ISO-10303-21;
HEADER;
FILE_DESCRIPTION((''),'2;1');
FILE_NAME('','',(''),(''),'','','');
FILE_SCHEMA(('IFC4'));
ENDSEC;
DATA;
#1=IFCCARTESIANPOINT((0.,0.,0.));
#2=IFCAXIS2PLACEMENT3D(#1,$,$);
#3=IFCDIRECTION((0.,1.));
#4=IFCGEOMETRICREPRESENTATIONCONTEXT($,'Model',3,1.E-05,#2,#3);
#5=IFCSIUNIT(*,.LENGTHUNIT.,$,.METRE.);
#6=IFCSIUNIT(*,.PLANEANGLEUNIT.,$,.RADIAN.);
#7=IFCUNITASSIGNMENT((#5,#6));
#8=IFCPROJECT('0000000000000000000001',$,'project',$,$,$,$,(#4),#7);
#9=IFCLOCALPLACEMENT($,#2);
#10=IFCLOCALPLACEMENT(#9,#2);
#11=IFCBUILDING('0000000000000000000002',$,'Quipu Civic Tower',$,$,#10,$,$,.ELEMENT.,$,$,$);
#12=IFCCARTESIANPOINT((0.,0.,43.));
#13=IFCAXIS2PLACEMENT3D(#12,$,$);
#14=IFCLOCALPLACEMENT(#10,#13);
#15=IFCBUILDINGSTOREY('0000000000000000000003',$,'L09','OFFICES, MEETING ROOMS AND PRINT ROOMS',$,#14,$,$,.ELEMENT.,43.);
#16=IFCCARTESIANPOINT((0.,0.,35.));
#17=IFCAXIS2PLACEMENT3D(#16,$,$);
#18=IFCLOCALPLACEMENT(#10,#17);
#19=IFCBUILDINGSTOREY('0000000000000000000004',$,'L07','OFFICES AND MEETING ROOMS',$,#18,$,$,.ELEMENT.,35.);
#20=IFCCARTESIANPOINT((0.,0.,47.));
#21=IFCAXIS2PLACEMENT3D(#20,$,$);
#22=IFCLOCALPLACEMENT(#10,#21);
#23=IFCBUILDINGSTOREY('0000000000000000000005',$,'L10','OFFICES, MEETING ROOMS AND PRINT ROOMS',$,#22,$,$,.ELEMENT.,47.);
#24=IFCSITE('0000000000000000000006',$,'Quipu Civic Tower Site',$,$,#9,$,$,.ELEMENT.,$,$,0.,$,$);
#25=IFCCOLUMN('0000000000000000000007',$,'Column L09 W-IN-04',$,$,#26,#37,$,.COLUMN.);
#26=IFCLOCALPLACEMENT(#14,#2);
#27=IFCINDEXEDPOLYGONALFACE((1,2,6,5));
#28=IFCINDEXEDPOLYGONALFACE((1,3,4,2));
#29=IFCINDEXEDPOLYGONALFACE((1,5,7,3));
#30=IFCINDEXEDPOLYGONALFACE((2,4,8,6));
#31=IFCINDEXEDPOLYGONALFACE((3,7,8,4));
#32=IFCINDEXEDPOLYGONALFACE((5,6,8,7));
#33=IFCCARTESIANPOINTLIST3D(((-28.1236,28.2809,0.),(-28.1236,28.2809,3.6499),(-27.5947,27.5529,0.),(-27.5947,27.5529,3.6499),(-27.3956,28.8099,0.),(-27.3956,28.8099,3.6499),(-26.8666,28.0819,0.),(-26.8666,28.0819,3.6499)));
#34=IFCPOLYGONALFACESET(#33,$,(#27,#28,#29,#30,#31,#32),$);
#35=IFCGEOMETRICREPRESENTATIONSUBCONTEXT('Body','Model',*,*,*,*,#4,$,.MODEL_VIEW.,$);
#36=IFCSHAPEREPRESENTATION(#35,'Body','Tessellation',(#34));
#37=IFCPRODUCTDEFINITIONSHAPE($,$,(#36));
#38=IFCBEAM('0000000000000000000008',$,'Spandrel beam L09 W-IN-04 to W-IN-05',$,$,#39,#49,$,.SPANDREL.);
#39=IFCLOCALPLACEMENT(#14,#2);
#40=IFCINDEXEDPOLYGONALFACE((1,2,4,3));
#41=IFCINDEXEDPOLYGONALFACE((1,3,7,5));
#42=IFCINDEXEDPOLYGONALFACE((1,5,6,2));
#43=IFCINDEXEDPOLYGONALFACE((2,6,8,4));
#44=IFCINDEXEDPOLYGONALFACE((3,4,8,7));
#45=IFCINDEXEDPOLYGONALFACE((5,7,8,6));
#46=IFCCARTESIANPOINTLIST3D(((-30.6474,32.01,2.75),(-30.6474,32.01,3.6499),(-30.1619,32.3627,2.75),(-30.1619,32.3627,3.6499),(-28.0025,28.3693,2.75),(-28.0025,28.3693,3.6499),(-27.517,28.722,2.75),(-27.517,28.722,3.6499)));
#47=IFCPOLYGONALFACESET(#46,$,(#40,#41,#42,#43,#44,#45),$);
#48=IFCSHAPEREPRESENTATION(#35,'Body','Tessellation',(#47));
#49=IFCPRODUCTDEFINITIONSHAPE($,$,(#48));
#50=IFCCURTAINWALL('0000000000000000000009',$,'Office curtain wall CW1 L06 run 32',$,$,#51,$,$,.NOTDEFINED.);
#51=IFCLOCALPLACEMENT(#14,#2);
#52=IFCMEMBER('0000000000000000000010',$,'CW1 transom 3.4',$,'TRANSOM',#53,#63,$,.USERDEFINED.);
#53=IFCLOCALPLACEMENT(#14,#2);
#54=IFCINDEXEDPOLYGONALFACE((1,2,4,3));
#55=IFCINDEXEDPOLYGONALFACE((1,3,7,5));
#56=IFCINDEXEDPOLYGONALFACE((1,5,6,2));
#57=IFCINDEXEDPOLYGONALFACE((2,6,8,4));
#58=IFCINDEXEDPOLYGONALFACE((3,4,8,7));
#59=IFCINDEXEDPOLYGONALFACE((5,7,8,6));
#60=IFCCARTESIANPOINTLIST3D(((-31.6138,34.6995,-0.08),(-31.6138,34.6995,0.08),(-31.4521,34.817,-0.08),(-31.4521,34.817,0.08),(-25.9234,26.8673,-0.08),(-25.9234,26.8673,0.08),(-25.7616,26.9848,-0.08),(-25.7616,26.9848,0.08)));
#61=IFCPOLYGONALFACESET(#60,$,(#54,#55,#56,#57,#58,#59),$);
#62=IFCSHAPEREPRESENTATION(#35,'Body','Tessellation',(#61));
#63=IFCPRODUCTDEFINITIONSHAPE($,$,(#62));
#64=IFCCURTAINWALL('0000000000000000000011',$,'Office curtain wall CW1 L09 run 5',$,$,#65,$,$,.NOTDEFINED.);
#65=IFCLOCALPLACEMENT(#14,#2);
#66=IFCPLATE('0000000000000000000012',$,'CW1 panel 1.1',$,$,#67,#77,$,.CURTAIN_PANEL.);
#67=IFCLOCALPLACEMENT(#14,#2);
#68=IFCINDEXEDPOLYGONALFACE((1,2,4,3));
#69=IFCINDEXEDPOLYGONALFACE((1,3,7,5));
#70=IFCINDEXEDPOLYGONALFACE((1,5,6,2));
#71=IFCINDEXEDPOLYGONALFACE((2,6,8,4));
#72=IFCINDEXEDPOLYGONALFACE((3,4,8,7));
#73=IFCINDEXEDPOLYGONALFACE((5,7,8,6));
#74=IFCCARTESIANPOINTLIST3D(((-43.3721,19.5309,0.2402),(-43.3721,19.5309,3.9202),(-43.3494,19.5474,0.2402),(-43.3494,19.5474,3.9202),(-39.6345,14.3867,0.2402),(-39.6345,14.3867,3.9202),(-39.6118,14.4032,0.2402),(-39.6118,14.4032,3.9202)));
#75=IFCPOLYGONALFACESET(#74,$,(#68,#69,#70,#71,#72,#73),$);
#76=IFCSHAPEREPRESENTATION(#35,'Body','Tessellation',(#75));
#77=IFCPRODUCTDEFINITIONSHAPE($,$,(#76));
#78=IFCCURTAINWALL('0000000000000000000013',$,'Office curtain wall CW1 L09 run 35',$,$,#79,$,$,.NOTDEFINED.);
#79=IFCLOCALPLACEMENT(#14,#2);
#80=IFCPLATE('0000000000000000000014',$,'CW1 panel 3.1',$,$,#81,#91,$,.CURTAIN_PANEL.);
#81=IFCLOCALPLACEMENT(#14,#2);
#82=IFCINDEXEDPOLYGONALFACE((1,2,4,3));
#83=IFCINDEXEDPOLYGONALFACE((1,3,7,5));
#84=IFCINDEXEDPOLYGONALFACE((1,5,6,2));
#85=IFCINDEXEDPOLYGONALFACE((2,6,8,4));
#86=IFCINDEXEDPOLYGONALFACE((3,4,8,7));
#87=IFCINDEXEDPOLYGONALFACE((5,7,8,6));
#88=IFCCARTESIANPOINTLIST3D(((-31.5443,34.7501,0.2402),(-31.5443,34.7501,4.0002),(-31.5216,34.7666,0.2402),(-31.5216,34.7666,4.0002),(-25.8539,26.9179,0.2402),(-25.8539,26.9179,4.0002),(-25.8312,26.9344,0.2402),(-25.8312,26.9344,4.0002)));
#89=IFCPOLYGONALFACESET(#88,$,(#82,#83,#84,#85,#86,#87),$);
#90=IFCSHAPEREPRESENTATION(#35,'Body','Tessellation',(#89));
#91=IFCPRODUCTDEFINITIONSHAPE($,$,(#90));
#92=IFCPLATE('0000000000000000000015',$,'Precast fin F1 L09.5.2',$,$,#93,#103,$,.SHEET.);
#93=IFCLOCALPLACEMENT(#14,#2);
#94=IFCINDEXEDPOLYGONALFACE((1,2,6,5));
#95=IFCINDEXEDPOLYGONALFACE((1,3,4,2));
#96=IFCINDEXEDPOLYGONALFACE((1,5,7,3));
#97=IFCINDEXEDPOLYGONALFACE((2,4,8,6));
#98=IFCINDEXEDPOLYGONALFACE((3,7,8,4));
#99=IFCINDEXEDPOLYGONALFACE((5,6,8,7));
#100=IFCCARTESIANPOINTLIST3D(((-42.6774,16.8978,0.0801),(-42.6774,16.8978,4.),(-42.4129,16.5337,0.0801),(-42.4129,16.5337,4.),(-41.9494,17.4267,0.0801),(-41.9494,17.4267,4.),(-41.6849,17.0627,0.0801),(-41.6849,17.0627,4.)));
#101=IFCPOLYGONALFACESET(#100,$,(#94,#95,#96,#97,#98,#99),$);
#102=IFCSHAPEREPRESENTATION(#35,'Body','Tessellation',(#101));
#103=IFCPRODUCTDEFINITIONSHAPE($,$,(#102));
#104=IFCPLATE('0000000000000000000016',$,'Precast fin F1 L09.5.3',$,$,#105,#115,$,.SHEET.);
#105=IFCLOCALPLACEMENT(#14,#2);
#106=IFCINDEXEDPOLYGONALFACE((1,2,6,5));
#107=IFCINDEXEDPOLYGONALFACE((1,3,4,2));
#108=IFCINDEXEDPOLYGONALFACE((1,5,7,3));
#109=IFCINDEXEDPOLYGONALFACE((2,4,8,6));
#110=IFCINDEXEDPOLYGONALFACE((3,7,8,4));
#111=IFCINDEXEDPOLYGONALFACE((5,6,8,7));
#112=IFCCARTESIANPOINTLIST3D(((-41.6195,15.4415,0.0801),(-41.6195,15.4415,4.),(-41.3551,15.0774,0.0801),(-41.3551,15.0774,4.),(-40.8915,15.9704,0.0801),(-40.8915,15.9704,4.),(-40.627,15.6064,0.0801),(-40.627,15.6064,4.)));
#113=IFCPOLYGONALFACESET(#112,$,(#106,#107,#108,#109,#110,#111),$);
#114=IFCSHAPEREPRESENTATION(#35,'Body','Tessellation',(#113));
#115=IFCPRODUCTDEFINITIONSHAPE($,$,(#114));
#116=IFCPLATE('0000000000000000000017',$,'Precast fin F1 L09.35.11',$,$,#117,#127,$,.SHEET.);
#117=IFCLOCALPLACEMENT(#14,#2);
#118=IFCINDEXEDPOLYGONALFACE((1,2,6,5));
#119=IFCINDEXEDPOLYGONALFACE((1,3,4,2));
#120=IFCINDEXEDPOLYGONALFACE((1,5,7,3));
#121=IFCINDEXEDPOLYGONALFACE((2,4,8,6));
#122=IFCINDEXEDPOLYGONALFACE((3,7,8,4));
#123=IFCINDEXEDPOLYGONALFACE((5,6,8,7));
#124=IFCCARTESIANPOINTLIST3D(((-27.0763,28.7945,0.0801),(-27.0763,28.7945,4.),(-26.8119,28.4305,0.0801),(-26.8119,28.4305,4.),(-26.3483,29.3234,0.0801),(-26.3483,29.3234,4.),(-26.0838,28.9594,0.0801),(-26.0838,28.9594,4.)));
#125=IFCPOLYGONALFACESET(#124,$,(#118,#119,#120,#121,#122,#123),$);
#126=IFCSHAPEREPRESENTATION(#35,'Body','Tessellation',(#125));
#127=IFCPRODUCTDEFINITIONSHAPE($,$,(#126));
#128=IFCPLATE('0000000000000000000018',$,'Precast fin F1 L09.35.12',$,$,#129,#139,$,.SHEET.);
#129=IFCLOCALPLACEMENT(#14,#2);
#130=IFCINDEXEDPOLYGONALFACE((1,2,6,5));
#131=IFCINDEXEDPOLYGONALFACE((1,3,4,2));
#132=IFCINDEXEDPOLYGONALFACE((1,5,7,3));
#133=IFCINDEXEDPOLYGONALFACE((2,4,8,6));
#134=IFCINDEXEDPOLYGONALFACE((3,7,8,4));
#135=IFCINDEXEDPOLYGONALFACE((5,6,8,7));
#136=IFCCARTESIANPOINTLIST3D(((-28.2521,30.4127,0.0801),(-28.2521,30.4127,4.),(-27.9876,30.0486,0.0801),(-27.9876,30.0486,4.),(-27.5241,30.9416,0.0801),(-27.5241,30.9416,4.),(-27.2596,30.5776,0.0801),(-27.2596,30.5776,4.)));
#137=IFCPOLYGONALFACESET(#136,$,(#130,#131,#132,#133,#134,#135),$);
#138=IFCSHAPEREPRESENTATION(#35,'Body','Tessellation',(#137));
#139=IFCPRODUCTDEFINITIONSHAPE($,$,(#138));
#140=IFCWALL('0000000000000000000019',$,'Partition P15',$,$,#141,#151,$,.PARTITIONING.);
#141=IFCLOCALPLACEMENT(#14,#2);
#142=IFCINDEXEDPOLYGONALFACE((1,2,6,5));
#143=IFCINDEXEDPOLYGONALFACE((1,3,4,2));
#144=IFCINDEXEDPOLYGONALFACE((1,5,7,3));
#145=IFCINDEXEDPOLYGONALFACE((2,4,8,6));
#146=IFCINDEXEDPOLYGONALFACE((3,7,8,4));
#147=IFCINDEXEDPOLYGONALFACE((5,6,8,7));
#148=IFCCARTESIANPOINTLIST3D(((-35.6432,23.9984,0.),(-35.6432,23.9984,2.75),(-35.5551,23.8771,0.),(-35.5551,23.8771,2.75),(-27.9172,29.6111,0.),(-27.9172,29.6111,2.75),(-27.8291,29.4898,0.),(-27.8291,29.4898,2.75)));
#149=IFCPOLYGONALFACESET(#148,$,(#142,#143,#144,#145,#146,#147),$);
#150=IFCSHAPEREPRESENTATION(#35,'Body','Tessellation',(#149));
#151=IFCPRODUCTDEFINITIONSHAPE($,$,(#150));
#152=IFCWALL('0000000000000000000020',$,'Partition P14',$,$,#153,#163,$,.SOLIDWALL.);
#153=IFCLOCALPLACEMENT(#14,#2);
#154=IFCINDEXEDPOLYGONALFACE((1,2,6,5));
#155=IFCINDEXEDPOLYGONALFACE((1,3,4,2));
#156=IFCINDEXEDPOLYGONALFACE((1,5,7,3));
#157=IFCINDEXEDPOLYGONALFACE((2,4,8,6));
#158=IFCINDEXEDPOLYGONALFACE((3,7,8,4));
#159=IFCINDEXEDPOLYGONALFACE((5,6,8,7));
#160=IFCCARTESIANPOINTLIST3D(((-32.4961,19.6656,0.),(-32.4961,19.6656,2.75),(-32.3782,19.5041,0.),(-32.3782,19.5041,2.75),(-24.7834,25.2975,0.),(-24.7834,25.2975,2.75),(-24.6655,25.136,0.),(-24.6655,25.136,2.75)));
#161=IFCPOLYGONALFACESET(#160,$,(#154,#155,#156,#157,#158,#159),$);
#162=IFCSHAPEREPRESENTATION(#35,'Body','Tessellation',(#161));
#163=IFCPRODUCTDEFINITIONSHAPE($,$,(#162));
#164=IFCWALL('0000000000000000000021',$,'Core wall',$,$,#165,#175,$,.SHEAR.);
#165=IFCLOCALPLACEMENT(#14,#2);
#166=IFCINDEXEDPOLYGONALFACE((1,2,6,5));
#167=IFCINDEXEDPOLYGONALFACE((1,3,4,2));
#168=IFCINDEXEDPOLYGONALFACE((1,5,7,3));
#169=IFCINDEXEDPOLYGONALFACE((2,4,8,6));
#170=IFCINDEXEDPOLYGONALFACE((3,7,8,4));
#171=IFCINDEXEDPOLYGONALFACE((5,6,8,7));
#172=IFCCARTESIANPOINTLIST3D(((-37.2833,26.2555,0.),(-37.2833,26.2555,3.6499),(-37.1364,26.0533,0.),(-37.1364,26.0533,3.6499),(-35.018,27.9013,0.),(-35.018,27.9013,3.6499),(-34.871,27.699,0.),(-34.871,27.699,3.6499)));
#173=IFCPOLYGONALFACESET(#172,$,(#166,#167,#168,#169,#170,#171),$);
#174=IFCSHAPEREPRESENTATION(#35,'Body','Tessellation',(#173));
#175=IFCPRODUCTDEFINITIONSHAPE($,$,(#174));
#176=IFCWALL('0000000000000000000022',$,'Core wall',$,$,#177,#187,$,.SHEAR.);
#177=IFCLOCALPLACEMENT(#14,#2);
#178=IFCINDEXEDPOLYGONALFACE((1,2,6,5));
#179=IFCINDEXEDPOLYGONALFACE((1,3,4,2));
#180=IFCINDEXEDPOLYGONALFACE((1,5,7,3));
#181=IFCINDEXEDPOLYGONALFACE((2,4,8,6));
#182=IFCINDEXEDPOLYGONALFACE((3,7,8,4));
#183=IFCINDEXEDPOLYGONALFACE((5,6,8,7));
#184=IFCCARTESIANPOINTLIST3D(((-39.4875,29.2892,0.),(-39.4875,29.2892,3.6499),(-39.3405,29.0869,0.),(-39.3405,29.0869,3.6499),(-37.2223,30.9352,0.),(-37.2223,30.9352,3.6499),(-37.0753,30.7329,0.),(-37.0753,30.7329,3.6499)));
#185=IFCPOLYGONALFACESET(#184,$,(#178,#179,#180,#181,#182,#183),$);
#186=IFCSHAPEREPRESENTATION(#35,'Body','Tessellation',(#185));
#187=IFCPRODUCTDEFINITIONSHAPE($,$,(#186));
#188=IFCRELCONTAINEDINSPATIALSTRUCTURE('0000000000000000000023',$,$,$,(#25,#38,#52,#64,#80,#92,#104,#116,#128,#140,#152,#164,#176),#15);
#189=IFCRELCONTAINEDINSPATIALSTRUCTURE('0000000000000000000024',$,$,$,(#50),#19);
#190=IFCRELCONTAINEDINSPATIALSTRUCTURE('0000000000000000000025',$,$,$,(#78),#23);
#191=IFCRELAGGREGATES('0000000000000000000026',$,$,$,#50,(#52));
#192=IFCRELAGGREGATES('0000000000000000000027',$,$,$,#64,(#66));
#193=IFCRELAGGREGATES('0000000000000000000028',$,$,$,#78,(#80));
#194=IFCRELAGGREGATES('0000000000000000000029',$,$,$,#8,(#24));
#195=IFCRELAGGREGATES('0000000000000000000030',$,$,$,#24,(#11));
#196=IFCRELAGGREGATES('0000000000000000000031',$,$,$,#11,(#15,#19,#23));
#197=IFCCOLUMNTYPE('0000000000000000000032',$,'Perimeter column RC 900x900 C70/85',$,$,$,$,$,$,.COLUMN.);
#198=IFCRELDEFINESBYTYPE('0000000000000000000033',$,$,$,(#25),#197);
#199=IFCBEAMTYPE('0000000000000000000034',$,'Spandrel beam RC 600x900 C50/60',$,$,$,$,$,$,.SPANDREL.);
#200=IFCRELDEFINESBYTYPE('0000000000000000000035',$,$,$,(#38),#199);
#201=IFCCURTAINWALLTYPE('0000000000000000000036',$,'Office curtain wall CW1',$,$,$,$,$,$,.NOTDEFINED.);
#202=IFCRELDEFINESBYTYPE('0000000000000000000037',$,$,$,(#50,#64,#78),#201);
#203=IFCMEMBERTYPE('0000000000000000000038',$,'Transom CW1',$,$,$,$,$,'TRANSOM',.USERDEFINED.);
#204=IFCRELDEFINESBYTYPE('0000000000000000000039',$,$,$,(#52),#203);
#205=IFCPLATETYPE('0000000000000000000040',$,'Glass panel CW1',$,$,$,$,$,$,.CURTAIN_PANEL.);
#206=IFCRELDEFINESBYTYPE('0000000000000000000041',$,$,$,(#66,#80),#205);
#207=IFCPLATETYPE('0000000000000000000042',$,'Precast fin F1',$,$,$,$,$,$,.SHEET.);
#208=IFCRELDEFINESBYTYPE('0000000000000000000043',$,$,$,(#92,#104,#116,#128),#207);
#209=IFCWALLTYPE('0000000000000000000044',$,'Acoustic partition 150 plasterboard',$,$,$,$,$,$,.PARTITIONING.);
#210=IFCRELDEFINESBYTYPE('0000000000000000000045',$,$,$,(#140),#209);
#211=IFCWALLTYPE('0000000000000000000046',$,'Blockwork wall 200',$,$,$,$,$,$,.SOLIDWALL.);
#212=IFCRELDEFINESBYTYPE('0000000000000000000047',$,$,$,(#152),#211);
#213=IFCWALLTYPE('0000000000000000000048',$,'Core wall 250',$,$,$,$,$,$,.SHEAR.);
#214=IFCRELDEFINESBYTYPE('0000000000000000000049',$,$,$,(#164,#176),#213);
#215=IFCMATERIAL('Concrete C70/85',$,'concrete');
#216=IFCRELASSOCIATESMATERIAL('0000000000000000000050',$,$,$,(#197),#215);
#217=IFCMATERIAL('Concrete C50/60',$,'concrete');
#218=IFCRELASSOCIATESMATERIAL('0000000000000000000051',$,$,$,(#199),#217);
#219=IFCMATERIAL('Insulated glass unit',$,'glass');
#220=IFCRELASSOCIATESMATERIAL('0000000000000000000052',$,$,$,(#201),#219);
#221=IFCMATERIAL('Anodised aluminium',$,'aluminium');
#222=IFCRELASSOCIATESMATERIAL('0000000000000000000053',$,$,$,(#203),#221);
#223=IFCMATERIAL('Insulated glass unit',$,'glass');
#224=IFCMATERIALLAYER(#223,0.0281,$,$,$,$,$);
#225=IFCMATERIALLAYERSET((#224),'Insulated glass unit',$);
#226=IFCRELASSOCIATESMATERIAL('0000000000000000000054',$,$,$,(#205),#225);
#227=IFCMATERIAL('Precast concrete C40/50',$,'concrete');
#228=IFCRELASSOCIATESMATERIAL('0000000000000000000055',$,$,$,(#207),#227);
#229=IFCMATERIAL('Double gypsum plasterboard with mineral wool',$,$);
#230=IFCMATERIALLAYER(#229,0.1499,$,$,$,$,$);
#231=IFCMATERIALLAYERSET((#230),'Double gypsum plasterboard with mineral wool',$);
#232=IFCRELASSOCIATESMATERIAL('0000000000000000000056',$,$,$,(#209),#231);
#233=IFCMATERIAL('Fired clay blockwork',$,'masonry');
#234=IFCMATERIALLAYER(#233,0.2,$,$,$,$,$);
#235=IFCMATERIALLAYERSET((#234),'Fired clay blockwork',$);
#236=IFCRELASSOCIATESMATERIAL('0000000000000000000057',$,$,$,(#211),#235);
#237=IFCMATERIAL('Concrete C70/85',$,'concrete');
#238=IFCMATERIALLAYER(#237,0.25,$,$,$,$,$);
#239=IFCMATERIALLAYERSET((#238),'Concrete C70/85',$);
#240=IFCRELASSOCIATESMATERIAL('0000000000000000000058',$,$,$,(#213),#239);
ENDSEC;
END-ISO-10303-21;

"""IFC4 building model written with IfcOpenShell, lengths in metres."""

from ifc_helpers import new_model, si_unit, direction, frame, frame_2d, origin, origin_2d, place, context, subcontext, project, spatial, rectangle, extrude, material, layer, layer_set, material_profile, profile_set, type_object, element, aggregate, save


model = new_model("IFC4")

# Units and contexts
model_context = context("Model", 3, precision=1e-05, world=origin(), true_north=direction((0.0, 1.0)))
body_context = subcontext(model_context, "Body", "Model", "MODEL_VIEW")
ifc_project = project(units=[si_unit("LENGTHUNIT", "METRE"), si_unit("PLANEANGLEUNIT", "RADIAN")], contexts=[model_context])

# Site, building, storey
site_placement = place(None, origin())
site = spatial("IfcSite", under=ifc_project, at=site_placement, Name="Quipu Civic Tower Site", CompositionType="ELEMENT", RefElevation=0.0)
building_placement = place(site_placement, origin())
building = spatial("IfcBuilding", under=site, at=building_placement, Name="Quipu Civic Tower", CompositionType="ELEMENT")
storey_1_placement = place(building_placement, frame((0.0, 0.0, 43.0)))
storey_1 = spatial("IfcBuildingStorey", under=building, at=storey_1_placement, Name="L09", Description="OFFICES, MEETING ROOMS AND PRINT ROOMS", CompositionType="ELEMENT", Elevation=43.0)

# Column
ifc_material_1 = material(Name="Concrete C70/85", Category="concrete")
ifc_material_profile_1 = material_profile(ifc_material_1, rectangle(XDim=0.8999, YDim=0.8999, at=origin_2d()), Name="RC900x900")
ifc_profile_set_1 = profile_set([ifc_material_profile_1], Name="Concrete C70/85")
column_type = type_object("IfcColumnType", Name="Perimeter column RC 900x900 C70/85", PredefinedType="COLUMN", material=ifc_profile_set_1)
column_placement = place(storey_1_placement, frame((-27.4951, 28.1814, 0.0), z_axis=(0.0, 0.0, 1.0), x_axis=(-0.587785, 0.809017, 0.0)))
element("IfcColumn", 1, at=column_placement, inside=storey_1, type_object=column_type, Name="Column L09 W-IN-04", PredefinedType="COLUMN", context=body_context, shape_type="SweptSolid", body=[
    extrude(rectangle(XDim=0.8999, YDim=0.8999, at=origin_2d()), origin(), (0.0, 0.0, 1.0), 3.6499),
])

# Beam
ifc_material_2 = material(Name="Concrete C50/60", Category="concrete")
ifc_material_profile_2 = material_profile(ifc_material_2, rectangle(XDim=0.6001, YDim=0.8999, at=origin_2d()), Name="RC600x900")
ifc_profile_set_2 = profile_set([ifc_material_profile_2], Name="Concrete C50/60")
beam_type = type_object("IfcBeamType", Name="Spandrel beam RC 600x900 C50/60", PredefinedType="SPANDREL", material=ifc_profile_set_2)
beam_placement = place(storey_1_placement, frame((-27.7598, 28.5457, 3.2), z_axis=(-0.587743, 0.809048, 0.0), x_axis=(-0.809048, -0.587743, 0.0)))
element("IfcBeam", 2, at=beam_placement, inside=storey_1, type_object=beam_type, Name="Spandrel beam L09 W-IN-04 to W-IN-05", PredefinedType="SPANDREL", context=body_context, shape_type="SweptSolid", body=[
    extrude(rectangle(XDim=0.6001, YDim=0.8999, at=origin_2d()), origin(), (0.0, 0.0, 1.0), 4.5),
])

# Shared definitions
storey_2_placement = place(building_placement, frame((0.0, 0.0, 35.0)))
storey_2 = spatial("IfcBuildingStorey", under=building, at=storey_2_placement, Name="L07", Description="OFFICES AND MEETING ROOMS", CompositionType="ELEMENT", Elevation=35.0)

# Curtain wall, member
ifc_material_3 = material(Name="Insulated glass unit", Category="glass")
curtain_wall_type = type_object("IfcCurtainWallType", Name="Office curtain wall CW1", PredefinedType="NOTDEFINED", material=ifc_material_3)
curtain_wall_1_placement = place(storey_2_placement, origin())
curtain_wall_1 = element("IfcCurtainWall", 3, at=curtain_wall_1_placement, inside=storey_2, type_object=curtain_wall_type, Name="Office curtain wall CW1 L06 run 32", PredefinedType="NOTDEFINED")
ifc_material_4 = material(Name="Anodised aluminium", Category="aluminium")
ifc_material_profile_3 = material_profile(ifc_material_4, rectangle(XDim=0.2, YDim=0.1599, at=origin_2d()), Name="RECT 200x160")
ifc_profile_set_3 = profile_set([ifc_material_profile_3], Name="Anodised aluminium")
member_type = type_object("IfcMemberType", Name="Transom CW1", ElementType="TRANSOM", PredefinedType="USERDEFINED", material=ifc_profile_set_3)
member_placement = place(storey_1_placement, frame((-25.8425, 26.926, 0.0), z_axis=(-0.587782, 0.80902, 0.0), x_axis=(-0.80902, -0.587782, 0.0)))
member = element("IfcMember", 4, at=member_placement, inside=storey_1, type_object=member_type, Name="CW1 transom 3.4", ObjectType="TRANSOM", PredefinedType="USERDEFINED", context=body_context, shape_type="SweptSolid", body=[
    extrude(rectangle(XDim=0.2, YDim=0.1599, at=origin_2d()), origin(), (0.0, 0.0, 1.0), 9.6812),
])
aggregate(curtain_wall_1, [member])

# Curtain wall, plate
curtain_wall_2_placement = place(storey_1_placement, origin())
curtain_wall_2 = element("IfcCurtainWall", 5, at=curtain_wall_2_placement, inside=storey_1, type_object=curtain_wall_type, Name="Office curtain wall CW1 L09 run 5", PredefinedType="NOTDEFINED")
ifc_material_5 = material(Name="Insulated glass unit", Category="glass")
ifc_layer_1 = layer(ifc_material_5, 0.0281)
ifc_layer_set_1 = layer_set([ifc_layer_1], Name="Insulated glass unit")
plate_type_1 = type_object("IfcPlateType", Name="Glass panel CW1", PredefinedType="CURTAIN_PANEL", material=ifc_layer_set_1)
plate_1_placement = place(storey_1_placement, frame((-41.4919, 16.967, 0.2402), z_axis=(0.0, 0.0, 1.0), x_axis=(0.587789, -0.809015, 0.0)))
plate_1 = element("IfcPlate", 6, at=plate_1_placement, type_object=plate_type_1, Name="CW1 panel 1.1", PredefinedType="CURTAIN_PANEL", context=body_context, shape_type="SweptSolid", body=[
    extrude(rectangle(XDim=6.3586, YDim=0.0281, at=origin_2d()), origin(), (0.0, 0.0, 1.0), 3.6799),
])
aggregate(curtain_wall_2, [plate_1])

# Shared definitions
storey_3_placement = place(building_placement, frame((0.0, 0.0, 47.0)))
storey_3 = spatial("IfcBuildingStorey", under=building, at=storey_3_placement, Name="L10", Description="OFFICES, MEETING ROOMS AND PRINT ROOMS", CompositionType="ELEMENT", Elevation=47.0)

# Curtain wall, plate
curtain_wall_3_placement = place(storey_3_placement, origin())
curtain_wall_3 = element("IfcCurtainWall", 7, at=curtain_wall_3_placement, inside=storey_3, type_object=curtain_wall_type, Name="Office curtain wall CW1 L09 run 35", PredefinedType="NOTDEFINED")
plate_2_placement = place(storey_1_placement, frame((-28.6877, 30.8423, 0.2402), z_axis=(0.0, 0.0, 1.0), x_axis=(-0.587786, 0.809017, 0.0)))
plate_2 = element("IfcPlate", 8, at=plate_2_placement, inside=storey_1, type_object=plate_type_1, Name="CW1 panel 3.1", PredefinedType="CURTAIN_PANEL", context=body_context, shape_type="SweptSolid", body=[
    extrude(rectangle(XDim=9.6812, YDim=0.0281, at=origin_2d()), origin(), (0.0, 0.0, 1.0), 3.76),
])
aggregate(curtain_wall_3, [plate_2])

# Plates
ifc_material_6 = material(Name="Precast concrete C40/50", Category="concrete")
plate_type_2 = type_object("IfcPlateType", Name="Precast fin F1", PredefinedType="SHEET", material=ifc_material_6)
for number, where, z_axis, x_axis, name in (
    (9, (-42.1812, 16.9802, 0.0801), (0.0, 0.0, 1.0), (0.587791, -0.809013, 0.0), "Precast fin F1 L09.5.2"),
    (10, (-41.1233, 15.5239, 0.0801), (0.0, 0.0, 1.0), (0.587791, -0.809013, 0.0), "Precast fin F1 L09.5.3"),
    (11, (-26.5801, 28.877, 0.0801), (0.0, 0.0, 1.0), (-0.587785, 0.809017, 0.0), "Precast fin F1 L09.35.11"),
    (12, (-27.7559, 30.4951, 0.0801), (0.0, 0.0, 1.0), (-0.587785, 0.809017, 0.0), "Precast fin F1 L09.35.12"),
):
    element("IfcPlate", number, at=place(storey_1_placement, frame(where, z_axis=z_axis, x_axis=x_axis)), inside=storey_1, type_object=plate_type_2, Name=name, PredefinedType="SHEET", context=body_context, shape_type="SweptSolid", body=[
        extrude(rectangle(XDim=0.45, YDim=0.8999, at=origin_2d()), origin(), (0.0, 0.0, 1.0), 3.9199),
    ])

# Walls
ifc_material_7 = material(Name="Double gypsum plasterboard with mineral wool")
ifc_layer_2 = layer(ifc_material_7, 0.1499)
ifc_layer_set_2 = layer_set([ifc_layer_2], Name="Double gypsum plasterboard with mineral wool")
wall_type_1 = type_object("IfcWallType", Name="Acoustic partition 150 plasterboard", PredefinedType="PARTITIONING", material=ifc_layer_set_2)
wall_1_placement = place(storey_1_placement, frame((-27.873, 29.5505, 0.0), z_axis=(0.0, 0.0, 1.0), x_axis=(-0.809043, -0.587749, 0.0)))
element("IfcWall", 13, at=wall_1_placement, inside=storey_1, type_object=wall_type_1, Name="Partition P15", PredefinedType="PARTITIONING", context=body_context, shape_type="SweptSolid", body=[
    extrude(rectangle(XDim=9.5496, YDim=0.1499, at=frame_2d((4.7749, 0.0))), origin(), (0.0, 0.0, 1.0), 2.75),
])
ifc_material_8 = material(Name="Fired clay blockwork", Category="masonry")
ifc_layer_3 = layer(ifc_material_8, 0.2)
ifc_layer_set_3 = layer_set([ifc_layer_3], Name="Fired clay blockwork")
wall_type_2 = type_object("IfcWallType", Name="Blockwork wall 200", PredefinedType="SOLIDWALL", material=ifc_layer_set_3)
wall_2_placement = place(storey_1_placement, frame((-32.437, 19.585, 0.0), z_axis=(0.0, 0.0, 1.0), x_axis=(0.807607, 0.589721, 0.0)))
element("IfcWall", 14, at=wall_2_placement, inside=storey_1, type_object=wall_type_2, Name="Partition P14", PredefinedType="SOLIDWALL", context=body_context, shape_type="SweptSolid", body=[
    extrude(rectangle(XDim=9.55, YDim=0.2, at=frame_2d((4.7749, 0.0))), origin(), (0.0, 0.0, 1.0), 2.75),
])
ifc_material_9 = material(Name="Concrete C70/85", Category="concrete")
ifc_layer_4 = layer(ifc_material_9, 0.25)
ifc_layer_set_4 = layer_set([ifc_layer_4], Name="Concrete C70/85")
wall_type_3 = type_object("IfcWallType", Name="Core wall 250", PredefinedType="SHEAR", material=ifc_layer_set_4)
for number, where, z_axis, x_axis, name in (
    (15, (-34.9446, 27.8, 0.0), (0.0, 0.0, 1.0), (-0.809041, -0.587752, 0.0), "Core wall"),
    (16, (-37.1489, 30.834, 0.0), (0.0, 0.0, 1.0), (-0.80897, -0.58785, 0.0), "Core wall"),
):
    element("IfcWall", number, at=place(storey_1_placement, frame(where, z_axis=z_axis, x_axis=x_axis)), inside=storey_1, type_object=wall_type_3, Name=name, PredefinedType="SHEAR", context=body_context, shape_type="SweptSolid", body=[
        extrude(rectangle(XDim=2.8, YDim=0.25, at=frame_2d((1.3999, 0.0))), origin(), (0.0, 0.0, 1.0), 3.6499),
    ])

save(model, "model.ifc")
